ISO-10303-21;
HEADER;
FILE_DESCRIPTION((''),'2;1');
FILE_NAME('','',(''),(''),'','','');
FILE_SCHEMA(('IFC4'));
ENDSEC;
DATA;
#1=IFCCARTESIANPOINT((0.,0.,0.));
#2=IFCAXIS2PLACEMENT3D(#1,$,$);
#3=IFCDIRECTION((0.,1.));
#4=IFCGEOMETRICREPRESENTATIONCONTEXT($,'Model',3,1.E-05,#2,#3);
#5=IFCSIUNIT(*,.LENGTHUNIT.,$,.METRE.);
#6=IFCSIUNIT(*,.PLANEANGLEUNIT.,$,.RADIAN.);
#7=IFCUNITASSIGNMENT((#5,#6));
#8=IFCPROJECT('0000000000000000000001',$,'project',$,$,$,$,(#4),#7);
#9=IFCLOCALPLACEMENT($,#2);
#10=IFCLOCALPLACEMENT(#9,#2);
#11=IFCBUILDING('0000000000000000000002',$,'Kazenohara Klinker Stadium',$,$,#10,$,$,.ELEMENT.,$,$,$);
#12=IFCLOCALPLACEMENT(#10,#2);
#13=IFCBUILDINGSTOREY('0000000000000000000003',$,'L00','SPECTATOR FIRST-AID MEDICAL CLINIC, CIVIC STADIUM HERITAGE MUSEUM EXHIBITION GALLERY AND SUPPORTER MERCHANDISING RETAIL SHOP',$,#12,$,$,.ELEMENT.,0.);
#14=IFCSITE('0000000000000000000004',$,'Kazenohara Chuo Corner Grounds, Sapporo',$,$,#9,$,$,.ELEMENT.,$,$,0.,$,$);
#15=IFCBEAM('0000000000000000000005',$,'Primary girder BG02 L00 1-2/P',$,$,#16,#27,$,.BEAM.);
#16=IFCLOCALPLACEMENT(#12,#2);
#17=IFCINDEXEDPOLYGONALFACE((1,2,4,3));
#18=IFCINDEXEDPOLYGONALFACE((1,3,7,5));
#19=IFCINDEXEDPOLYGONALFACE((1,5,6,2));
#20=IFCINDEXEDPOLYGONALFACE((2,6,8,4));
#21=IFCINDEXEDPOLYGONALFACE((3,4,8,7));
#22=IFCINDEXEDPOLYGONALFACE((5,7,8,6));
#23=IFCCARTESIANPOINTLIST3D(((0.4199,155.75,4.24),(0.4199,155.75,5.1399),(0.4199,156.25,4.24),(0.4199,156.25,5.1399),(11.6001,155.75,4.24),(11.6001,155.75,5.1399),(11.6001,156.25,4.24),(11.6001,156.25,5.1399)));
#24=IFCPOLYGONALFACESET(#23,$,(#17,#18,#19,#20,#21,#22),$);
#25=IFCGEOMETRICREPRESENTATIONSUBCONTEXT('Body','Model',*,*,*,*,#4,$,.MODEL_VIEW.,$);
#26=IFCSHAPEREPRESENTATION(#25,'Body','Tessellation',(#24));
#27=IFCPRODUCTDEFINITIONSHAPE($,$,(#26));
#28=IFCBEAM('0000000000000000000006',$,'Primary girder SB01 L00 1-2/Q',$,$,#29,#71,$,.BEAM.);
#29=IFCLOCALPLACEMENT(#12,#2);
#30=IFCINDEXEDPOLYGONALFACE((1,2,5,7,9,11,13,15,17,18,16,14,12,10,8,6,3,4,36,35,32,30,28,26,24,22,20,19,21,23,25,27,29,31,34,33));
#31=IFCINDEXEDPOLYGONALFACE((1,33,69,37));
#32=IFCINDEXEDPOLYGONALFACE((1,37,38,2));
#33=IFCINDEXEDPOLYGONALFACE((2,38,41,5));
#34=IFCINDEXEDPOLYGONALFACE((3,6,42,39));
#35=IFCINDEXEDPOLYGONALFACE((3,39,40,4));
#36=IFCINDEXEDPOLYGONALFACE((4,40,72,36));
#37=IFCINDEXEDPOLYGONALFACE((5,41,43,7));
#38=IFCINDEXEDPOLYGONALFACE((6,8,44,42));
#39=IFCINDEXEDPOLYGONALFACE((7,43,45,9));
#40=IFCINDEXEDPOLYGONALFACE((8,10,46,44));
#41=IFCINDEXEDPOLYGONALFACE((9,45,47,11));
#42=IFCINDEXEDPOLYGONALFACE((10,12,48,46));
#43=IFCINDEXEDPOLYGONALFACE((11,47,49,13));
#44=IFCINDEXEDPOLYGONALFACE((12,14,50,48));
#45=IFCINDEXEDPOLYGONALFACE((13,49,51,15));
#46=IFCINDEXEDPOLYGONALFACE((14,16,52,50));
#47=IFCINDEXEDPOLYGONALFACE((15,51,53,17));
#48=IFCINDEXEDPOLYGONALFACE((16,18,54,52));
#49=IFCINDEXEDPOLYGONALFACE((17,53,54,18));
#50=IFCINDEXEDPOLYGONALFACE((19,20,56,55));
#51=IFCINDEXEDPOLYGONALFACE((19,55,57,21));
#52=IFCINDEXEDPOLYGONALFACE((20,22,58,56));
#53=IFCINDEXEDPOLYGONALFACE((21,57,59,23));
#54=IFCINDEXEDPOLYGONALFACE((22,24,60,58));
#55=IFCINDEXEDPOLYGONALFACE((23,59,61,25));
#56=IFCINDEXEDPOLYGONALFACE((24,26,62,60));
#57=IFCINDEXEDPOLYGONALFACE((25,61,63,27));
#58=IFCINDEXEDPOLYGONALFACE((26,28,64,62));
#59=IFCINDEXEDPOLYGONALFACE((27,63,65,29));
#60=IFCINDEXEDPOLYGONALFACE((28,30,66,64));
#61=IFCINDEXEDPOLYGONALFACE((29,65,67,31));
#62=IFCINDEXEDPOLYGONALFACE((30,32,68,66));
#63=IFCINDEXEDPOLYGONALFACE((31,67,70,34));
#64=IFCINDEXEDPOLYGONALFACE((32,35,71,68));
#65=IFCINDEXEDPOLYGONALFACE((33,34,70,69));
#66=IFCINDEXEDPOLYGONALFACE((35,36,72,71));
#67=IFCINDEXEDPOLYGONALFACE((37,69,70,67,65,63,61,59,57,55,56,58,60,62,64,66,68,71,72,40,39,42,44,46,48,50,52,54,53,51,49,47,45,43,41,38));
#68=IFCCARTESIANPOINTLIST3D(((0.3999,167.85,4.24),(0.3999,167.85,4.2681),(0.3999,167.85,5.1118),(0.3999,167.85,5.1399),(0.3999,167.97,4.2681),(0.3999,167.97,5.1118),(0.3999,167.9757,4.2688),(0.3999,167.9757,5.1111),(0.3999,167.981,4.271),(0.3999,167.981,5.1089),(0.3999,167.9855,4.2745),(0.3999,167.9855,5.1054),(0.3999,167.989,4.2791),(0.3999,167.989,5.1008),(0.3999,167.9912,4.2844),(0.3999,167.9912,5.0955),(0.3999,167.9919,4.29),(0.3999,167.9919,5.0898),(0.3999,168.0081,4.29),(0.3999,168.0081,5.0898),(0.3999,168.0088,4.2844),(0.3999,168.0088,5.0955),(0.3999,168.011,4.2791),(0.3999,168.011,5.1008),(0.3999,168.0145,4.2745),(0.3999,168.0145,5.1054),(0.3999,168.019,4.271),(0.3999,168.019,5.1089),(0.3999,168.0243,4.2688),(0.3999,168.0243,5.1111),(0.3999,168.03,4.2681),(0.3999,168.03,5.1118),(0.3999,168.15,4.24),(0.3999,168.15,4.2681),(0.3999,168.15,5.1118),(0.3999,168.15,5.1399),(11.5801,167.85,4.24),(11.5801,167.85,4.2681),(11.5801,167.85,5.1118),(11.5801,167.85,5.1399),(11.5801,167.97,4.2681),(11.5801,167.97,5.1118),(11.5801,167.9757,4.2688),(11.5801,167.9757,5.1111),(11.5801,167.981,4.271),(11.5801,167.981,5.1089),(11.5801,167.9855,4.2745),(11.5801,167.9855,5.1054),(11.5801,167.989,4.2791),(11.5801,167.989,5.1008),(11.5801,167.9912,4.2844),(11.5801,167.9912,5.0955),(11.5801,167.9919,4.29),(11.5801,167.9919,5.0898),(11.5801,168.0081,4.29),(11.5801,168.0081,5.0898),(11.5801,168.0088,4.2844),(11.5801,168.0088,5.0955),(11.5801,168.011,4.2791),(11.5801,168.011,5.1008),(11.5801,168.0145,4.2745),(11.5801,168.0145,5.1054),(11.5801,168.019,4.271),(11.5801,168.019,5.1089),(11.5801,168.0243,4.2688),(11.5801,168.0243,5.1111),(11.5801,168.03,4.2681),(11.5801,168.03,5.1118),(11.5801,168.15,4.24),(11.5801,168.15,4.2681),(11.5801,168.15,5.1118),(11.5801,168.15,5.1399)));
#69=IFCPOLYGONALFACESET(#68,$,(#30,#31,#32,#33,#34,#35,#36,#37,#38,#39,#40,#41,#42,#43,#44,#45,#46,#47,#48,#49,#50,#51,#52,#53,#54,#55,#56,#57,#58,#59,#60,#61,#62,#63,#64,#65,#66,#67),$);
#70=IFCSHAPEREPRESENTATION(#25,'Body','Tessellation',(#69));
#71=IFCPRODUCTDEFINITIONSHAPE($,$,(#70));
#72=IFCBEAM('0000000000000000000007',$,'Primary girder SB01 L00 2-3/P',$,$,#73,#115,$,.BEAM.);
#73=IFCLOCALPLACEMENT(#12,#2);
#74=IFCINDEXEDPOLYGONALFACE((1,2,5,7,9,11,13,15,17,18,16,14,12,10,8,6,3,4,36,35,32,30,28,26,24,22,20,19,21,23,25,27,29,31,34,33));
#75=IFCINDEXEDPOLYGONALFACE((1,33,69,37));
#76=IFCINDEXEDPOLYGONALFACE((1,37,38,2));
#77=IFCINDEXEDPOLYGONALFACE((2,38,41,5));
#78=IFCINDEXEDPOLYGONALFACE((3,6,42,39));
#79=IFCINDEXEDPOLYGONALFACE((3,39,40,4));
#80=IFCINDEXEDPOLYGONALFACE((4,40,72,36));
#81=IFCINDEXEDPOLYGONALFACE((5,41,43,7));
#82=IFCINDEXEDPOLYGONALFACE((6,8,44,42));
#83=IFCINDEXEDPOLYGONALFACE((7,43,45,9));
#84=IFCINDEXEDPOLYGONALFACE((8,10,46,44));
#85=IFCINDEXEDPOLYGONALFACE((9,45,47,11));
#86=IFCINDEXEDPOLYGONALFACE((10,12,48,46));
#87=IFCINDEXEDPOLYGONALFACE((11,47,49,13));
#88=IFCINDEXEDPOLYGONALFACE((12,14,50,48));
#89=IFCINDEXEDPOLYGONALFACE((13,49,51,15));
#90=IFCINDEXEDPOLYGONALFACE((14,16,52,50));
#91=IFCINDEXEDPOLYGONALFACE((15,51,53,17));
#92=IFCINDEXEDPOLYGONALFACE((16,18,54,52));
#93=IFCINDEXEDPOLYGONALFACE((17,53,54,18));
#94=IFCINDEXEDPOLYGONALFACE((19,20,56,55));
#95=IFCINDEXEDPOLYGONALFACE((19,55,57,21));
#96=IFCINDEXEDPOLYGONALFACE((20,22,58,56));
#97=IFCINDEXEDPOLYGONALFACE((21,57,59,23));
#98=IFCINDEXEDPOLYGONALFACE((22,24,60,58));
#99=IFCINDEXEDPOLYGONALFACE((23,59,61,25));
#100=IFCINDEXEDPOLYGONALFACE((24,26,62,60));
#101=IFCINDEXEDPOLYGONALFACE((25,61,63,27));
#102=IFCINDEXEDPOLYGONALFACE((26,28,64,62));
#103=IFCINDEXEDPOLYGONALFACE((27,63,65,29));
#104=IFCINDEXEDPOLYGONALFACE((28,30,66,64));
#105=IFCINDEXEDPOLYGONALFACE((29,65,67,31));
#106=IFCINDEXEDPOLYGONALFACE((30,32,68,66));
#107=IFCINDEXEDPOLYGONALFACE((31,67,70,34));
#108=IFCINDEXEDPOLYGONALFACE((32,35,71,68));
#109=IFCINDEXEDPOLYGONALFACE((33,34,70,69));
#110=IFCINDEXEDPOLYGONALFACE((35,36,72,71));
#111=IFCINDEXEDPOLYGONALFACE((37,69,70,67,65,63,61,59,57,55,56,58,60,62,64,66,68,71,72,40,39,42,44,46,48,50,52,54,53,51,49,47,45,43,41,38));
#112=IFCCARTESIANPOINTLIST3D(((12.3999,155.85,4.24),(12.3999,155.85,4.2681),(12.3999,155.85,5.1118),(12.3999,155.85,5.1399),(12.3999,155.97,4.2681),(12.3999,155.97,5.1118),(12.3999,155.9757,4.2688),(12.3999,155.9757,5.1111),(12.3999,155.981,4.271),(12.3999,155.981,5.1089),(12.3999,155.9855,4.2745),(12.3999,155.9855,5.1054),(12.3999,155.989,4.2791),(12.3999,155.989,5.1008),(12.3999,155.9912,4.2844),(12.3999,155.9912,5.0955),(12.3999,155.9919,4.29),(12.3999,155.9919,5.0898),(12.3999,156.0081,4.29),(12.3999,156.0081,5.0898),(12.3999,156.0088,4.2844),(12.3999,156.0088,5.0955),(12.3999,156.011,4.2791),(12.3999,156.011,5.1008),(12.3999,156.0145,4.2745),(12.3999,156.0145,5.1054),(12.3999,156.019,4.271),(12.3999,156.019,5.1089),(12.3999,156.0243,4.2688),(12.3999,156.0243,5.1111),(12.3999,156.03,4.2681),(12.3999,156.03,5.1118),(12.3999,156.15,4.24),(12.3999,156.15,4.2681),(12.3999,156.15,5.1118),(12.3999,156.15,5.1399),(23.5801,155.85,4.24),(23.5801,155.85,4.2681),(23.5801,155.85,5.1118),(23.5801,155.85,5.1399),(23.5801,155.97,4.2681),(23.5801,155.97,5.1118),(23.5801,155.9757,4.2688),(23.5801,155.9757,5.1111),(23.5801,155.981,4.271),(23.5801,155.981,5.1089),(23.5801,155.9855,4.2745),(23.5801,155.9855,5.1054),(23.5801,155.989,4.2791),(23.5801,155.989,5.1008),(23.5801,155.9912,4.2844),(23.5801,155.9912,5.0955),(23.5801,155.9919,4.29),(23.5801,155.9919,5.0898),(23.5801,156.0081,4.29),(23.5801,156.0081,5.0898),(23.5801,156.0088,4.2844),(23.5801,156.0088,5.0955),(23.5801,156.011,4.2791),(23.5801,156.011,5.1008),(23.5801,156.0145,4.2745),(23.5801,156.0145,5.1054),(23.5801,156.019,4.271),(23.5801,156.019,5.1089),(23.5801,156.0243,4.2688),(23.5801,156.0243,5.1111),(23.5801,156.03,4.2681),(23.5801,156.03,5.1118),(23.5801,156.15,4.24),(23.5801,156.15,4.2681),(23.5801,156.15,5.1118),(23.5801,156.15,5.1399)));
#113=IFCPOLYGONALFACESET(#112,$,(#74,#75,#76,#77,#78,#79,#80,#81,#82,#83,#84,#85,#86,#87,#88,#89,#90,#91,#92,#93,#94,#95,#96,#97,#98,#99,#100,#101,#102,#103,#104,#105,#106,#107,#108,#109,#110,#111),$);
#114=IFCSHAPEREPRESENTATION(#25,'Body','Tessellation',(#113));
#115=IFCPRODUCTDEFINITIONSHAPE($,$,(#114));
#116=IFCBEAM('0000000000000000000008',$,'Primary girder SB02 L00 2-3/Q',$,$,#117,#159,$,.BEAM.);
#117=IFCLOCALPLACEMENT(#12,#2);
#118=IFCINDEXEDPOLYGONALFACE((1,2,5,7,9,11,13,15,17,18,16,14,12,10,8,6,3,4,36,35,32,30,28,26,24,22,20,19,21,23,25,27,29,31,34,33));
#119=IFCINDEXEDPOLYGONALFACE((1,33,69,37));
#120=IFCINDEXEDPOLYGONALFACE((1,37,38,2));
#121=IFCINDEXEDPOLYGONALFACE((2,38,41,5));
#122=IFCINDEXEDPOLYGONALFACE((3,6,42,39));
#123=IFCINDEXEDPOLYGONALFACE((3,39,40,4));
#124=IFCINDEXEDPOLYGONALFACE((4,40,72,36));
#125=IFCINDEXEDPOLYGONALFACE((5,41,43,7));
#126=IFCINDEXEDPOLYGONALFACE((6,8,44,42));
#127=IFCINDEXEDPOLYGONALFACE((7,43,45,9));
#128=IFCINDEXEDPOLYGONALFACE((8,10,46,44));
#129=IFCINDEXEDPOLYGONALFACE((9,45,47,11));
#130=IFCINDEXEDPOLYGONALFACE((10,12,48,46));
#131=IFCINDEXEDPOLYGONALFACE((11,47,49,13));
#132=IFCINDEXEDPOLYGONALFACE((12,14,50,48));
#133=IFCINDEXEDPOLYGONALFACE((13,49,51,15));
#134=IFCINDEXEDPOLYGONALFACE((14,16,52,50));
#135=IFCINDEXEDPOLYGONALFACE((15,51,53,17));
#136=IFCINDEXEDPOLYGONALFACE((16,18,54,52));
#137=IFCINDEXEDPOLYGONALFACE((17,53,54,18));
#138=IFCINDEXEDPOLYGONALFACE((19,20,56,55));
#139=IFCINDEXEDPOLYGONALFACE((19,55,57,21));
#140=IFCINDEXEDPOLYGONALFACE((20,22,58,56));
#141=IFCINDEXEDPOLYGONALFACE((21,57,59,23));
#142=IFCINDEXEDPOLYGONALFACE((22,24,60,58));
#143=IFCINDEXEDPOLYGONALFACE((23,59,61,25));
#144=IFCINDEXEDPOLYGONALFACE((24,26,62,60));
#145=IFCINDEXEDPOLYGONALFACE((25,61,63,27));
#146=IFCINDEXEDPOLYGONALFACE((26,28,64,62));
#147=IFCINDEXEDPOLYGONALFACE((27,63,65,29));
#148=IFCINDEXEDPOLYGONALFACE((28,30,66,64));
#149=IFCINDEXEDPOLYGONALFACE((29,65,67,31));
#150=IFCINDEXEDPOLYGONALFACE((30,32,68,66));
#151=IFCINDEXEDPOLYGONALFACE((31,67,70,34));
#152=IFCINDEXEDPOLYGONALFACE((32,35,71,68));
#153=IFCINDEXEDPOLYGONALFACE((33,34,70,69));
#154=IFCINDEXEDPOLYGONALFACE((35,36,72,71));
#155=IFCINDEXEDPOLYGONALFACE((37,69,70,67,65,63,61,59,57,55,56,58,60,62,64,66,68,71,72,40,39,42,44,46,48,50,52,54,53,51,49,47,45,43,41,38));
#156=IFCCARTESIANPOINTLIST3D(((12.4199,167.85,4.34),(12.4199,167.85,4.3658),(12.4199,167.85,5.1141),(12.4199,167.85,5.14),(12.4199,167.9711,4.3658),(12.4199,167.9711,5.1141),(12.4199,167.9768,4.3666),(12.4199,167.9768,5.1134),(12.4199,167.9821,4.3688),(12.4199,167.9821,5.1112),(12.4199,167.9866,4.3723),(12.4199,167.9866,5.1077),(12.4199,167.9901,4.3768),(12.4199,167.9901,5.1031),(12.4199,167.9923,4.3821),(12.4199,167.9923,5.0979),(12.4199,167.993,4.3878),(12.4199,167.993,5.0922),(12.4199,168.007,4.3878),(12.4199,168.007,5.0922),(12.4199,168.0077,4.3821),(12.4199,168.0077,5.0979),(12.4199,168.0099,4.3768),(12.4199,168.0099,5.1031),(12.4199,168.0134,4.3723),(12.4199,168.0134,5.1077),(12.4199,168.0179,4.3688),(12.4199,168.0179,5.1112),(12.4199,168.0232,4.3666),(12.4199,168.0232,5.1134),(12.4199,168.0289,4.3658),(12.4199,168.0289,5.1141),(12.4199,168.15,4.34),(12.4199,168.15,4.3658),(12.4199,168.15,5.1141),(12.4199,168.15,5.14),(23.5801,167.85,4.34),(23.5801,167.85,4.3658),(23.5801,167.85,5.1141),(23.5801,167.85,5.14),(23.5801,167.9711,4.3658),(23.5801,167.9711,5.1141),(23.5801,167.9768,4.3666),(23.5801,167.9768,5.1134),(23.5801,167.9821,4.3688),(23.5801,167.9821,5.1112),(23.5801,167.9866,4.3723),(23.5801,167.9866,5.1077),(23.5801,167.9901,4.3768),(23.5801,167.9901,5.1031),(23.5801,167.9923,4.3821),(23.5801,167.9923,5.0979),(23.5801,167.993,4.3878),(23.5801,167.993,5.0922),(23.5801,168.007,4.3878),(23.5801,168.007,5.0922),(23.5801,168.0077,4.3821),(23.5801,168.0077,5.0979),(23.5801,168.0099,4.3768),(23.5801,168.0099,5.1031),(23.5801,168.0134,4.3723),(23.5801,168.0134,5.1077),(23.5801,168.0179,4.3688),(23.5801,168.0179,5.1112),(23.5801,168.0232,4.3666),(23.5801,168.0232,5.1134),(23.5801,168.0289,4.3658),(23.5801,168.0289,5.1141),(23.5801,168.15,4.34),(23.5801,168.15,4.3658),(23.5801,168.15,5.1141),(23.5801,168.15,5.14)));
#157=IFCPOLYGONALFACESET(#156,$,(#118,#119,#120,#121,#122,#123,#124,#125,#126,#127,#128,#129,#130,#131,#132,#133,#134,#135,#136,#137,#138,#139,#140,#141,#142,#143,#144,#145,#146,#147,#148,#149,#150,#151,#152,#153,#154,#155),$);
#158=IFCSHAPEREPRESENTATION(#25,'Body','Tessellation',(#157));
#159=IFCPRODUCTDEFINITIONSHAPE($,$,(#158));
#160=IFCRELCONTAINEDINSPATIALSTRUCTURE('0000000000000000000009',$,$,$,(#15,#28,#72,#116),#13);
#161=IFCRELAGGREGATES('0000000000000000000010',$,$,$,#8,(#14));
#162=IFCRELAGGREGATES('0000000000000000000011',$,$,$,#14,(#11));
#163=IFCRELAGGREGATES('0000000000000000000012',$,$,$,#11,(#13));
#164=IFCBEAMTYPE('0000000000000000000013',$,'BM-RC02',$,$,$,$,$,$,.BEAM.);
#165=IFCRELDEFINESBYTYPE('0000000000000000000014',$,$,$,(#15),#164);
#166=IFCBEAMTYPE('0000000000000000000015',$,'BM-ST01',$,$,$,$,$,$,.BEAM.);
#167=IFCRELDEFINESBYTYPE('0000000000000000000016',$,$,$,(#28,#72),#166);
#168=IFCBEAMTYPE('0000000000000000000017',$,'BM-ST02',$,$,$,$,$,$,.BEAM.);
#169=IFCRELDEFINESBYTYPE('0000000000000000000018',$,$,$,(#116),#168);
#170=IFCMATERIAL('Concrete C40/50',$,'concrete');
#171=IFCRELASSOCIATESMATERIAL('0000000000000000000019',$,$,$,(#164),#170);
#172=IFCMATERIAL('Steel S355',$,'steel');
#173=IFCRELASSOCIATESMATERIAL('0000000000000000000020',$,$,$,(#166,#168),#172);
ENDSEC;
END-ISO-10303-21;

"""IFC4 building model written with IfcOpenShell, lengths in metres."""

from ifc_helpers import new_model, si_unit, direction, frame, origin, origin_2d, place, context, subcontext, project, spatial, rectangle, i_section, extrude, material, material_profile, profile_set, type_object, element, save


model = new_model("IFC4")

# Units and contexts
model_context = context("Model", 3, precision=1e-05, world=origin(), true_north=direction((0.0, 1.0)))
body_context = subcontext(model_context, "Body", "Model", "MODEL_VIEW")
ifc_project = project(units=[si_unit("LENGTHUNIT", "METRE"), si_unit("PLANEANGLEUNIT", "RADIAN")], contexts=[model_context])

# Site, building, storey
site_placement = place(None, origin())
site = spatial("IfcSite", under=ifc_project, at=site_placement, Name="Kazenohara Chuo Corner Grounds, Sapporo", CompositionType="ELEMENT", RefElevation=0.0)
building_placement = place(site_placement, origin())
building = spatial("IfcBuilding", under=site, at=building_placement, Name="Kazenohara Klinker Stadium", CompositionType="ELEMENT")
storey_placement = place(building_placement, origin())
storey = spatial("IfcBuildingStorey", under=building, at=storey_placement, Name="L00", Description="SPECTATOR FIRST-AID MEDICAL CLINIC, CIVIC STADIUM HERITAGE MUSEUM EXHIBITION GALLERY AND SUPPORTER MERCHANDISING RETAIL SHOP", CompositionType="ELEMENT", Elevation=0.0)

# Shared definitions
ifc_material_1 = material(Name="Concrete C40/50", Category="concrete")

# Beams
ifc_material_2 = material(Name="Steel S355", Category="steel")
ifc_material_profile_1 = material_profile(ifc_material_1, rectangle(XDim=0.5, YDim=0.8999, at=origin_2d()), Name="RC-BM-500x900")
ifc_profile_set_1 = profile_set([ifc_material_profile_1], Name="Concrete C40/50")
beam_type_1 = type_object("IfcBeamType", Name="BM-RC02", PredefinedType="BEAM", material=ifc_profile_set_1)
beam_1_placement = place(storey_placement, frame((0.4199, 156.0, 4.6899), z_axis=(1.0, 0.0, 0.0), x_axis=(0.0, 1.0, 0.0)))
element("IfcBeam", 1, at=beam_1_placement, inside=storey, type_object=beam_type_1, Name="Primary girder BG02 L00 1-2/P", PredefinedType="BEAM", context=body_context, shape_type="SweptSolid", body=[
    extrude(rectangle(XDim=0.5, YDim=0.8999, at=origin_2d()), origin(), (0.0, 0.0, 1.0), 11.1802),
])
ifc_material_profile_2 = material_profile(ifc_material_2, i_section(OverallWidth=0.3, OverallDepth=0.8999, WebThickness=0.0161, FlangeThickness=0.0281, FilletRadius=0.022, at=origin_2d()), Name="H-900x300x16x28")
ifc_profile_set_2 = profile_set([ifc_material_profile_2], Name="Steel S355")
beam_type_2 = type_object("IfcBeamType", Name="BM-ST01", PredefinedType="BEAM", material=ifc_profile_set_2)
for number, where, z_axis, x_axis, name in (
    (2, (0.3999, 168.0, 4.6899), (1.0, 0.0, 0.0), (0.0, 1.0, 0.0), "Primary girder SB01 L00 1-2/Q"),
    (3, (12.3999, 156.0, 4.6899), (1.0, 0.0, 0.0), (0.0, 1.0, 0.0), "Primary girder SB01 L00 2-3/P"),
):
    element("IfcBeam", number, at=place(storey_placement, frame(where, z_axis=z_axis, x_axis=x_axis)), inside=storey, type_object=beam_type_2, Name=name, PredefinedType="BEAM", context=body_context, shape_type="SweptSolid", body=[
        extrude(i_section(OverallWidth=0.3, OverallDepth=0.8999, WebThickness=0.0161, FlangeThickness=0.0281, FilletRadius=0.022, at=origin_2d()), origin(), (0.0, 0.0, 1.0), 11.1802),
    ])
ifc_material_profile_3 = material_profile(ifc_material_2, i_section(OverallWidth=0.3, OverallDepth=0.8, WebThickness=0.0139, FlangeThickness=0.0259, FilletRadius=0.022, at=origin_2d()), Name="H-800x300x14x26")
ifc_profile_set_3 = profile_set([ifc_material_profile_3], Name="Steel S355")
beam_type_3 = type_object("IfcBeamType", Name="BM-ST02", PredefinedType="BEAM", material=ifc_profile_set_3)
for number, where, z_axis, x_axis, name in (
    (4, (12.4199, 168.0, 4.74), (1.0, 0.0, 0.0), (0.0, 1.0, 0.0), "Primary girder SB02 L00 2-3/Q"),
):
    element("IfcBeam", number, at=place(storey_placement, frame(where, z_axis=z_axis, x_axis=x_axis)), inside=storey, type_object=beam_type_3, Name=name, PredefinedType="BEAM", context=body_context, shape_type="SweptSolid", body=[
        extrude(i_section(OverallWidth=0.3, OverallDepth=0.8, WebThickness=0.0139, FlangeThickness=0.0259, FilletRadius=0.022, at=origin_2d()), origin(), (0.0, 0.0, 1.0), 11.1602),
    ])

save(model, "model.ifc")
